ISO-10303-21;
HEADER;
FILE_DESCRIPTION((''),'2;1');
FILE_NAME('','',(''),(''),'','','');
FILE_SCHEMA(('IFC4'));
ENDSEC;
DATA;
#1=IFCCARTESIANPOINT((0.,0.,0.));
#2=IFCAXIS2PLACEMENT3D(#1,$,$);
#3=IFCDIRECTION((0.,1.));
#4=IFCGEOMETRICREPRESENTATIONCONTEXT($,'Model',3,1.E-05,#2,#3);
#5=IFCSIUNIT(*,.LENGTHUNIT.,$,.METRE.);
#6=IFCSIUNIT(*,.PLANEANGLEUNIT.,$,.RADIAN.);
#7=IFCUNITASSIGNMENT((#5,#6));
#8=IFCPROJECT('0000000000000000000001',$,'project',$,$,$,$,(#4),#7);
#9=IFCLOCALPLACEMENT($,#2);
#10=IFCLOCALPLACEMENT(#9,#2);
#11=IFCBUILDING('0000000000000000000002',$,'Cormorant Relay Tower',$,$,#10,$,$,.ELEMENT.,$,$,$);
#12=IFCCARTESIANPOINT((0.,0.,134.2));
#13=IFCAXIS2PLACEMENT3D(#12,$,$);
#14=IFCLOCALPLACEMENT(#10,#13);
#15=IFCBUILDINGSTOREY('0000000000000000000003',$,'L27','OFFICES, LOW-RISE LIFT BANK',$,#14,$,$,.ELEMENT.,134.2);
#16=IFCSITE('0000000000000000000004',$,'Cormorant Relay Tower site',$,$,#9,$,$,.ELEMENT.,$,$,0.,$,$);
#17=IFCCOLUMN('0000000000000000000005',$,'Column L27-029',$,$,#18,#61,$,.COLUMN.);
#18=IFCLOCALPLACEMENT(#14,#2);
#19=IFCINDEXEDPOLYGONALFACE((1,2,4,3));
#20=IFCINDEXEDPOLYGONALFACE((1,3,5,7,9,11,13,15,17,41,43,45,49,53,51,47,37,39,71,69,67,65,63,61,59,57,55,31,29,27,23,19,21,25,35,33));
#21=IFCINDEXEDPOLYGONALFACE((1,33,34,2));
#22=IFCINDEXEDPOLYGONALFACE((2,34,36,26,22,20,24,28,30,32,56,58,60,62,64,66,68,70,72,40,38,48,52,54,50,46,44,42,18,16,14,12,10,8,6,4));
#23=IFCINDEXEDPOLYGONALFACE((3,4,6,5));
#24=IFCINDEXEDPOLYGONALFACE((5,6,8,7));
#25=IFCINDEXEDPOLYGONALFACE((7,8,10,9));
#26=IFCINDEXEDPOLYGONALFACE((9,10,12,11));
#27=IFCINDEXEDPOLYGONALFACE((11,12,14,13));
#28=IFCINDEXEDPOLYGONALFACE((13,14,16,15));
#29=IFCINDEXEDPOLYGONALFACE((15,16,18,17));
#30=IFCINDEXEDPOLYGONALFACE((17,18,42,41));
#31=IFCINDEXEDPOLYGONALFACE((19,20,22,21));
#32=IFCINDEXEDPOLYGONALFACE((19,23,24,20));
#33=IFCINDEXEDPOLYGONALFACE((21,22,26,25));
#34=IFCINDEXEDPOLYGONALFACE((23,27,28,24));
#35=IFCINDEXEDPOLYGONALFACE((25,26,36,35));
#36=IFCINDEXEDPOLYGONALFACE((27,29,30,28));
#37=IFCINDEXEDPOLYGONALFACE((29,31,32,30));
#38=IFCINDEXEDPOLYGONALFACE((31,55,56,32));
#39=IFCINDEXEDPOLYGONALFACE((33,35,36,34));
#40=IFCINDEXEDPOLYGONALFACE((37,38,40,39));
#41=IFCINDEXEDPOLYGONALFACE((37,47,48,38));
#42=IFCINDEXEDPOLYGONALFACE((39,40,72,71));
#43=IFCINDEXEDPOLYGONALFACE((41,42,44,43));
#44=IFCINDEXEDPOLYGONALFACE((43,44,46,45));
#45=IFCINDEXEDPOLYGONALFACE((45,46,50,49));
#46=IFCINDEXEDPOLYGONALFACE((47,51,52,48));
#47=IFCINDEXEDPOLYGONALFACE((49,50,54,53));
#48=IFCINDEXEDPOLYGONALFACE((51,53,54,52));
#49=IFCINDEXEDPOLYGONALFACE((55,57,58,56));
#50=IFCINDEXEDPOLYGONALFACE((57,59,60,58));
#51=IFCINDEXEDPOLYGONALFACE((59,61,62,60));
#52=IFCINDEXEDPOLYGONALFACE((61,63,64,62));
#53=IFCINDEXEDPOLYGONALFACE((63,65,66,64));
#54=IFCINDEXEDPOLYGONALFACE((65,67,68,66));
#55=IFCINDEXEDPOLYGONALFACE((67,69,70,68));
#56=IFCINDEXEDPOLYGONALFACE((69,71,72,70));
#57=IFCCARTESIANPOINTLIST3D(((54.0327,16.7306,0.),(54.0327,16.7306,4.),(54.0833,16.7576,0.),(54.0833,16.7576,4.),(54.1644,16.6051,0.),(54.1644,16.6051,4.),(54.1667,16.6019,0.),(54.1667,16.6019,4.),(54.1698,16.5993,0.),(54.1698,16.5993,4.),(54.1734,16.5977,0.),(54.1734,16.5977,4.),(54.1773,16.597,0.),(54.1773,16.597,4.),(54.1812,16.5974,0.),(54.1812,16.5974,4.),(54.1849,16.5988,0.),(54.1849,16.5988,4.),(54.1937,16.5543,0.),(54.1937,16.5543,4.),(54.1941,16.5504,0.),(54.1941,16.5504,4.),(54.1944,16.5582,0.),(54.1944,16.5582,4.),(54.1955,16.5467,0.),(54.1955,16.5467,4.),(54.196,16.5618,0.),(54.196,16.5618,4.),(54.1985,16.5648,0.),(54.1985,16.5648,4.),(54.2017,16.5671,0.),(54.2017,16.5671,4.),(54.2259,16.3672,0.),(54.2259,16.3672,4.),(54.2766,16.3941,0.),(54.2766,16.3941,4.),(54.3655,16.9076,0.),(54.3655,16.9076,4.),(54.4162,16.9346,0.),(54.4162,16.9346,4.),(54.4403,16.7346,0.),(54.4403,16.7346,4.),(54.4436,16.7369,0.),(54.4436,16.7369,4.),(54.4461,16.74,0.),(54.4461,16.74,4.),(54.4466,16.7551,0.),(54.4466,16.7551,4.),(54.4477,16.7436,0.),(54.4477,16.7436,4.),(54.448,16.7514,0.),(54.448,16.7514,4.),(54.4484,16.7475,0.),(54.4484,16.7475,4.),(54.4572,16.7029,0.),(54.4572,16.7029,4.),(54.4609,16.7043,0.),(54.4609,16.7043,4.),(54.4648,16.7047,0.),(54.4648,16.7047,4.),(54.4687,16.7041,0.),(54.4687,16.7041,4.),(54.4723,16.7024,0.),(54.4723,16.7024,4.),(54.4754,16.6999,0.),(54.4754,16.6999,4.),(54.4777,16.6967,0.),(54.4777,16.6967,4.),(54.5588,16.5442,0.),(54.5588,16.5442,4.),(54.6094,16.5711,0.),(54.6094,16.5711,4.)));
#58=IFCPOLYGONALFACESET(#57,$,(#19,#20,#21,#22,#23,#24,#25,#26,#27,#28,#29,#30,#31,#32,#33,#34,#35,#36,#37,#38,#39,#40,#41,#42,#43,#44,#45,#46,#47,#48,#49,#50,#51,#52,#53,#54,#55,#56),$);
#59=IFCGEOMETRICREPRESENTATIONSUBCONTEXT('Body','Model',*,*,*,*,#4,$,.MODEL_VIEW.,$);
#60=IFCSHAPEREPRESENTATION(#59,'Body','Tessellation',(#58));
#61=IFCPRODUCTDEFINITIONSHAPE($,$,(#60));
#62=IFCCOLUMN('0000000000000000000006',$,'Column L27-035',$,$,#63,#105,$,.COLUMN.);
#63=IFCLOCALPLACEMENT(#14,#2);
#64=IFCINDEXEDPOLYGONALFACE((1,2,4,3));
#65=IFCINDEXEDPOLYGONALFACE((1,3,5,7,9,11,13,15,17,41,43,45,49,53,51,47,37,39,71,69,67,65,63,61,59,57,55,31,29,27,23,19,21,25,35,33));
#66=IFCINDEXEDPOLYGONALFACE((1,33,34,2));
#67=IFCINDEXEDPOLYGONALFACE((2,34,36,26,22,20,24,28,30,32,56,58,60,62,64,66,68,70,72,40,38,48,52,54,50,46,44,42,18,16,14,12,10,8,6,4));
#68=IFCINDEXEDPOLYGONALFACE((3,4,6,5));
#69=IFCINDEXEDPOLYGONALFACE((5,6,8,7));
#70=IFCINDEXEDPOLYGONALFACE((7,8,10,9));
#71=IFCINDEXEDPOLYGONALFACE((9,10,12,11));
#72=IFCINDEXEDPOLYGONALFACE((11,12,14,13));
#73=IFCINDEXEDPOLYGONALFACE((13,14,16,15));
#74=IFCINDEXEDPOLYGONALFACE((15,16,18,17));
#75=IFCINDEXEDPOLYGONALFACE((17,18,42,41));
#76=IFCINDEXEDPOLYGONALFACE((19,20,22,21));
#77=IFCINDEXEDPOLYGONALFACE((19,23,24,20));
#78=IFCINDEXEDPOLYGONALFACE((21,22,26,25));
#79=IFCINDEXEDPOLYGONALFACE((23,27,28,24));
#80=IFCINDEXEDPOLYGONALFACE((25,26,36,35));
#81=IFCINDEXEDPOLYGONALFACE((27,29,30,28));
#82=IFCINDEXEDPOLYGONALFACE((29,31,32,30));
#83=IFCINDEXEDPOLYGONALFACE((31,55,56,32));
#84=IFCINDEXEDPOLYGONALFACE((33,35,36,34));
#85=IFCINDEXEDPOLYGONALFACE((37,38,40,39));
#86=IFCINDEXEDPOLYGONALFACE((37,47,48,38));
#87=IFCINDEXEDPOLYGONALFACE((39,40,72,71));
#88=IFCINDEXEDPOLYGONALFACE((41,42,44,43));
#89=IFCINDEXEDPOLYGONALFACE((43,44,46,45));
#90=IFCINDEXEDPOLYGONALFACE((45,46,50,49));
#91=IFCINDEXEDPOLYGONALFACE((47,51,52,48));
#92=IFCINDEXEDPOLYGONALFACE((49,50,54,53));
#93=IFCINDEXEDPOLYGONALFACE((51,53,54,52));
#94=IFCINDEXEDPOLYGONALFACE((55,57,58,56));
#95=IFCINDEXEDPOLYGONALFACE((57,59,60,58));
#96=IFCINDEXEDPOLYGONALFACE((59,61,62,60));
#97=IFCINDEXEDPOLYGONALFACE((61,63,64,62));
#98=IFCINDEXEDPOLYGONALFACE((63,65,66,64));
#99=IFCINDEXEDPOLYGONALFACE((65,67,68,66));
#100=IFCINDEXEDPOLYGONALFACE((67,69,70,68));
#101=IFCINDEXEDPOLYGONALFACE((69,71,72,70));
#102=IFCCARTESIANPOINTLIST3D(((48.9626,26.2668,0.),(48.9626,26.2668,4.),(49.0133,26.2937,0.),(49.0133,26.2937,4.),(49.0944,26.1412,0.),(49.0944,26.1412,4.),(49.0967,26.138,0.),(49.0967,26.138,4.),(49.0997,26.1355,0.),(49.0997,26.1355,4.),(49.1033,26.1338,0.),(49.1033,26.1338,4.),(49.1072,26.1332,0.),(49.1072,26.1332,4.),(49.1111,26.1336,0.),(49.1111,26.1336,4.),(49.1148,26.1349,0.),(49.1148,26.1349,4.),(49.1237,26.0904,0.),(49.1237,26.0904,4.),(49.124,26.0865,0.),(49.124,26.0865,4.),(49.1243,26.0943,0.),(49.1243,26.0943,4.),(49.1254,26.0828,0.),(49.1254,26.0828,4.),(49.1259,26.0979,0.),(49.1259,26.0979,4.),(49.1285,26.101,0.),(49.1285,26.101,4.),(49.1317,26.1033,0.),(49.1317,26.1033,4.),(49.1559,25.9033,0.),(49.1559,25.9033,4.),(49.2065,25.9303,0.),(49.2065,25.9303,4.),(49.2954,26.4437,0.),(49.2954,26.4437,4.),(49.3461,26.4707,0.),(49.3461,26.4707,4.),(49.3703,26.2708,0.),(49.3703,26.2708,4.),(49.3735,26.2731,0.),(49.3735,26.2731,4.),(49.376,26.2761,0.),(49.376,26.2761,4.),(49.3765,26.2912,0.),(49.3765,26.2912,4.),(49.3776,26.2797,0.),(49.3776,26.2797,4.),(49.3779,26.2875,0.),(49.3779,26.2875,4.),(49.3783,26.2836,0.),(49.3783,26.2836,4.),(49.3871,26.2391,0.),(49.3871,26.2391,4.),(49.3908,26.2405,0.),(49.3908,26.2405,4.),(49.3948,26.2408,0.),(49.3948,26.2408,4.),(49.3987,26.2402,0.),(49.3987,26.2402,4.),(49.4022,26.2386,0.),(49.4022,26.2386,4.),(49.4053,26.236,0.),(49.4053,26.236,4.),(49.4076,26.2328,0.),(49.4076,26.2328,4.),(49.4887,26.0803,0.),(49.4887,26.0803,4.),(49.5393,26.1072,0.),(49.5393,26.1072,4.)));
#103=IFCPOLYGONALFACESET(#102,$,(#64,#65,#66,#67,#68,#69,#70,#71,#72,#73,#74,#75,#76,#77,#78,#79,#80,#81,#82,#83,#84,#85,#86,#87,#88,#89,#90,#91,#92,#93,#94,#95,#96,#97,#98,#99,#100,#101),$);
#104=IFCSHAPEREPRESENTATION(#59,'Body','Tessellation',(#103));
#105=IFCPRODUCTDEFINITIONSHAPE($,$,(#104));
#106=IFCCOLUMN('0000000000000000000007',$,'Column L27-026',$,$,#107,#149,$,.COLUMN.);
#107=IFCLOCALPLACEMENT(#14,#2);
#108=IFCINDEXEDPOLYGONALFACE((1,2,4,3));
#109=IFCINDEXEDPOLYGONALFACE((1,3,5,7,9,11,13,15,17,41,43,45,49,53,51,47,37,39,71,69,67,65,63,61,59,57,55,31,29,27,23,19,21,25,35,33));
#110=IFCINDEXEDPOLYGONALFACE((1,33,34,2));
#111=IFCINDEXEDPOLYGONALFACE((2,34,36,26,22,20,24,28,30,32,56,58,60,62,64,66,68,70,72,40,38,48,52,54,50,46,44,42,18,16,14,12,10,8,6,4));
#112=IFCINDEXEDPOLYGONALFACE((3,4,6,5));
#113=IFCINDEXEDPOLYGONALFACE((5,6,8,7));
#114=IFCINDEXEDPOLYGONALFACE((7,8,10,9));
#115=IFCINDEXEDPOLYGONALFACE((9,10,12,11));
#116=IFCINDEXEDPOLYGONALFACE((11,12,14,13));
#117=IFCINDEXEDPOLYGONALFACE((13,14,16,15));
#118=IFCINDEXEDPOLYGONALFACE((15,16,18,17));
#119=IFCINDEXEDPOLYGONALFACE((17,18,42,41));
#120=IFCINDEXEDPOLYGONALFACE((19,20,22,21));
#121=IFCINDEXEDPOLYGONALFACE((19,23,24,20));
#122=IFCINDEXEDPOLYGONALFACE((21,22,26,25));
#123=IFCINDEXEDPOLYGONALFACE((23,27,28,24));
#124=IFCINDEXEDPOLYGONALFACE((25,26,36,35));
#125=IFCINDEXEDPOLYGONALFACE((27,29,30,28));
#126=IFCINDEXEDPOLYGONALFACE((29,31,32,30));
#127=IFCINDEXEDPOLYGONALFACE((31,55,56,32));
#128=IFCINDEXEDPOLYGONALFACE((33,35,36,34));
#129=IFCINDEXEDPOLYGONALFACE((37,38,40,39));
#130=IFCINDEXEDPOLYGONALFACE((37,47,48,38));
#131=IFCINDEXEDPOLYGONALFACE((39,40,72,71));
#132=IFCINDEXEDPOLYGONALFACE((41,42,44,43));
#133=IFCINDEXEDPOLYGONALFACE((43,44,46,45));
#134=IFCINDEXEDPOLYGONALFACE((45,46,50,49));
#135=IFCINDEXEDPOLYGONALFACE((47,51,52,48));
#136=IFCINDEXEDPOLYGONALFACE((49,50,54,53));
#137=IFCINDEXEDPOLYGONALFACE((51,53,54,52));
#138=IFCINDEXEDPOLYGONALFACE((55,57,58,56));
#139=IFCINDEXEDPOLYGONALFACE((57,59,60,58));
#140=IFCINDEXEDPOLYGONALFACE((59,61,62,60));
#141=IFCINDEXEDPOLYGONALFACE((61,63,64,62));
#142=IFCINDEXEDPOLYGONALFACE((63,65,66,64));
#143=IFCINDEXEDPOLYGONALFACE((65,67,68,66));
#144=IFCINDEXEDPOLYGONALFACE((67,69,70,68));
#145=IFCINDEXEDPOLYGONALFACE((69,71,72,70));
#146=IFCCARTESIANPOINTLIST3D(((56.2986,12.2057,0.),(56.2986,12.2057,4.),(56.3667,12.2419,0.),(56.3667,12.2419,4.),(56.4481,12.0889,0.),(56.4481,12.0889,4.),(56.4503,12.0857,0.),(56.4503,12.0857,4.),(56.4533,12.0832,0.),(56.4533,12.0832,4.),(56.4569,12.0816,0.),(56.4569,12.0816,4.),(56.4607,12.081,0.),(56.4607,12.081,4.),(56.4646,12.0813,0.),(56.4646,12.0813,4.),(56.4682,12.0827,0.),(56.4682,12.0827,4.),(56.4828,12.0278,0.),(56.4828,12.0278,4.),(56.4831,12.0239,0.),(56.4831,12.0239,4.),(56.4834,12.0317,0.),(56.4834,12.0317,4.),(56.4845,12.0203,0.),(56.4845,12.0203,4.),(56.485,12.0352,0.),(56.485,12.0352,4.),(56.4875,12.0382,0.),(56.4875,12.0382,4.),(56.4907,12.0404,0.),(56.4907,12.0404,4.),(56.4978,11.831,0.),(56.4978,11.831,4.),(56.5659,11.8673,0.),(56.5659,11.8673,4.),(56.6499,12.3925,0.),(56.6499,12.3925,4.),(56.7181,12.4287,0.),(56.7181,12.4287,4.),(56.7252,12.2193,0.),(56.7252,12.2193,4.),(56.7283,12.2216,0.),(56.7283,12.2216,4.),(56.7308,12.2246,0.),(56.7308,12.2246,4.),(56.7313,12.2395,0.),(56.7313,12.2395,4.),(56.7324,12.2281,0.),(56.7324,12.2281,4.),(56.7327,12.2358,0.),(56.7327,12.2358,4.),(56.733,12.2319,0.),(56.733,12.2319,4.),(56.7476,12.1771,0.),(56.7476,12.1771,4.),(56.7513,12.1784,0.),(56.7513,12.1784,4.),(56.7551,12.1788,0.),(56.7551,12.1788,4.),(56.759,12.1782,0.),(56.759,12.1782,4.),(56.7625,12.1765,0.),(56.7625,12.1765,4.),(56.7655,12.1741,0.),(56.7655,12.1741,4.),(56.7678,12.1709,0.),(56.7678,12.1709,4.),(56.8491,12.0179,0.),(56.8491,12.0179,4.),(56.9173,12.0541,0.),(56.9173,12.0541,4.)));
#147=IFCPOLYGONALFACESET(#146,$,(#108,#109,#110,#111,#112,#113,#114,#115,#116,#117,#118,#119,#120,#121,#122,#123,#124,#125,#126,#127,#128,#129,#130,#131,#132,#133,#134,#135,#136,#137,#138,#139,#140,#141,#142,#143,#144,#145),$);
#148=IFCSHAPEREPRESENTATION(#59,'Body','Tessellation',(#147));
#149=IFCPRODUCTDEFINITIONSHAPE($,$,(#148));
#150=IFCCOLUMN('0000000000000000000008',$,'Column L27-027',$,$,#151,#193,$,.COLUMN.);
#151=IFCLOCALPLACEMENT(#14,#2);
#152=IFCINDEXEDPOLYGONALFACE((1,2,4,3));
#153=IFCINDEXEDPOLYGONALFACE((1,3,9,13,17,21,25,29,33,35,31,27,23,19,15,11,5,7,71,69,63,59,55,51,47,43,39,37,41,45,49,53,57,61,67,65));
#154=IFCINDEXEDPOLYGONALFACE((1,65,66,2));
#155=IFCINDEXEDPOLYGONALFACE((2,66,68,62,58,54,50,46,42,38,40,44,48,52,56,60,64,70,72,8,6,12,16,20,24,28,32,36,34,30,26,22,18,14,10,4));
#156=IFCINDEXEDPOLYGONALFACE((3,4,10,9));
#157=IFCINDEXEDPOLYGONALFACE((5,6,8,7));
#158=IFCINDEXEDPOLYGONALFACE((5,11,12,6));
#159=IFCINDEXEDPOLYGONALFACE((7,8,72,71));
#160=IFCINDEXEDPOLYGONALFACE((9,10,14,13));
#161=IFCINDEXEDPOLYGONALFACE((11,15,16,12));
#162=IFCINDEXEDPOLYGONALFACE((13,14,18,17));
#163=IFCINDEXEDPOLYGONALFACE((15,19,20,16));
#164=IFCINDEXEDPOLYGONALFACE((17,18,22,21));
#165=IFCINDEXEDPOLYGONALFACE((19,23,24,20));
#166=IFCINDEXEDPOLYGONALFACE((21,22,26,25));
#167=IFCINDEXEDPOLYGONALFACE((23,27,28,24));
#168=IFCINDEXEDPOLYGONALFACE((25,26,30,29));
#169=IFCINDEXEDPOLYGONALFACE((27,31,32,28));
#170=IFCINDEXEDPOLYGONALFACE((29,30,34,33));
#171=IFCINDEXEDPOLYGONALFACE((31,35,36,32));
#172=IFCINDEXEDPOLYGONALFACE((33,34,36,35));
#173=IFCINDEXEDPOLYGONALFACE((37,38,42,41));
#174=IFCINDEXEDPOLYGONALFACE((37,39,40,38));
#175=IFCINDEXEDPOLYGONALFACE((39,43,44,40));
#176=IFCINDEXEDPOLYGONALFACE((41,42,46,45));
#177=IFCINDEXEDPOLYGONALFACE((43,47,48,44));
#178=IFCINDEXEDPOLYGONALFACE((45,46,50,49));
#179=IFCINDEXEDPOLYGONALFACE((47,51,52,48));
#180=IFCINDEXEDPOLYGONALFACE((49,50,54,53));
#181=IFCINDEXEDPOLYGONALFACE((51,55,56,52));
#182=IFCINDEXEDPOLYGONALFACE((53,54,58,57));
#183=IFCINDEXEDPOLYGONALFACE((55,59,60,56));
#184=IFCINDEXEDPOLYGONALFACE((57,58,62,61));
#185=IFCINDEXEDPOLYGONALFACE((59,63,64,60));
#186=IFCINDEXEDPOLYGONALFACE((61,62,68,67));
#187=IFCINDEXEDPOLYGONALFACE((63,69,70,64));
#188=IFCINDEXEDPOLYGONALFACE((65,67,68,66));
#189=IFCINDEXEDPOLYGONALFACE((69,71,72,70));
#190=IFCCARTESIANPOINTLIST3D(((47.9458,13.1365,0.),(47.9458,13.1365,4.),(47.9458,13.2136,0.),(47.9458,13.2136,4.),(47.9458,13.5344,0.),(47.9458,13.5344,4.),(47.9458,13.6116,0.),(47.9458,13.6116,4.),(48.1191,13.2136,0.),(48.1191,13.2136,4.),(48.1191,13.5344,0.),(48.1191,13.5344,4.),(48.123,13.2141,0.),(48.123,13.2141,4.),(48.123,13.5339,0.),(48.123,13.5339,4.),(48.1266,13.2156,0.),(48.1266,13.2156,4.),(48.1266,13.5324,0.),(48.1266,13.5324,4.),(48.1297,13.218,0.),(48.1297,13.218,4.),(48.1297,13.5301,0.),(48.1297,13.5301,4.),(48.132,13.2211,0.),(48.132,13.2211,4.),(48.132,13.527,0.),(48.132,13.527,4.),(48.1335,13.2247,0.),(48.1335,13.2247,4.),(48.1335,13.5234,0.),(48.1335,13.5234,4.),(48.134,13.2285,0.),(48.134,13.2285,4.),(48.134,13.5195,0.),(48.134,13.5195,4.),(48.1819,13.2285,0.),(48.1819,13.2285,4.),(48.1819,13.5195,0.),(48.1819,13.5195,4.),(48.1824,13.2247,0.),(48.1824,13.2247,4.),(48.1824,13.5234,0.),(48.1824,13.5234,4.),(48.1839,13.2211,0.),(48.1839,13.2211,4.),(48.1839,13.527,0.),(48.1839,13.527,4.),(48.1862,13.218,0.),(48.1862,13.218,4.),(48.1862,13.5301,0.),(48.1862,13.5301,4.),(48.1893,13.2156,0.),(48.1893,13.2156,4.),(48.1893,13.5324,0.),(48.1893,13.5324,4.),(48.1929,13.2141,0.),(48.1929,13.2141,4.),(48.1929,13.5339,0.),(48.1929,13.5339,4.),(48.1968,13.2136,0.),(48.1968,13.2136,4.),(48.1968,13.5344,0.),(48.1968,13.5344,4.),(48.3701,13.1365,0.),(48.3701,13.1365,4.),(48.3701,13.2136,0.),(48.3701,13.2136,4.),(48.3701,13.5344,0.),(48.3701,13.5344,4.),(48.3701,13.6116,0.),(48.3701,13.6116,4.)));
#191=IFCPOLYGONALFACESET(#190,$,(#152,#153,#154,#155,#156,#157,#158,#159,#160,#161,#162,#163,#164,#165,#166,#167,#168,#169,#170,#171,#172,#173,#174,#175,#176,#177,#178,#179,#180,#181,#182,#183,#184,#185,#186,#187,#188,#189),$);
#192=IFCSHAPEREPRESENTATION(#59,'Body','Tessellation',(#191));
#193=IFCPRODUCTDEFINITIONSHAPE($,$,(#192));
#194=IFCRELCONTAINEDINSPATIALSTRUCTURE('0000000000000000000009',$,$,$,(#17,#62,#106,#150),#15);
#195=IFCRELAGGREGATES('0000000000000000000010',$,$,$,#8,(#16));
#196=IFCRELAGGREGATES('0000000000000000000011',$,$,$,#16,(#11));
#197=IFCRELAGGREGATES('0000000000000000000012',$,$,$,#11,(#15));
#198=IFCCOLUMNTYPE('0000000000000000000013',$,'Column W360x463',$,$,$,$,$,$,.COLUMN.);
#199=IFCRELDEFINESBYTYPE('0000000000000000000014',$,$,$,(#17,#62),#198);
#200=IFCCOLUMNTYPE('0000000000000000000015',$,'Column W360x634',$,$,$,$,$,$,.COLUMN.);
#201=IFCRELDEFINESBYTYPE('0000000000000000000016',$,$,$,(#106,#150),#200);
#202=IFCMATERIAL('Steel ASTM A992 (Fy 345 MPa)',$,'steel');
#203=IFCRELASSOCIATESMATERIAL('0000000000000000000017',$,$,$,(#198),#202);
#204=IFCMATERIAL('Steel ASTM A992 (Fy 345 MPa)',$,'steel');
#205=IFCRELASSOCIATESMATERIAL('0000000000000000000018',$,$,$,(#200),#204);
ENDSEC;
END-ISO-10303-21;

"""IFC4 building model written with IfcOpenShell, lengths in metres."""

from ifc_helpers import new_model, si_unit, direction, frame, origin, origin_2d, place, context, subcontext, project, spatial, i_section, extrude, material, material_profile, profile_set, type_object, element, save


model = new_model("IFC4")

# Units and contexts
model_context = context("Model", 3, precision=1e-05, world=origin(), true_north=direction((0.0, 1.0)))
body_context = subcontext(model_context, "Body", "Model", "MODEL_VIEW")
ifc_project = project(units=[si_unit("LENGTHUNIT", "METRE"), si_unit("PLANEANGLEUNIT", "RADIAN")], contexts=[model_context])

# Site, building, storey
site_placement = place(None, origin())
site = spatial("IfcSite", under=ifc_project, at=site_placement, Name="Cormorant Relay Tower site", CompositionType="ELEMENT", RefElevation=0.0)
building_placement = place(site_placement, origin())
building = spatial("IfcBuilding", under=site, at=building_placement, Name="Cormorant Relay Tower", CompositionType="ELEMENT")
storey_placement = place(building_placement, frame((0.0, 0.0, 134.2)))
storey = spatial("IfcBuildingStorey", under=building, at=storey_placement, Name="L27", Description="OFFICES, LOW-RISE LIFT BANK", CompositionType="ELEMENT", Elevation=134.2)

# Columns
ifc_material_1 = material(Name="Steel ASTM A992 (Fy 345 MPa)", Category="steel")
ifc_material_profile_1 = material_profile(ifc_material_1, i_section(OverallWidth=0.4116, OverallDepth=0.4343, WebThickness=0.0359, FlangeThickness=0.0574, FilletRadius=0.0151, at=origin_2d()), Name="W360x463")
ifc_profile_set_1 = profile_set([ifc_material_profile_1], Name="Steel ASTM A992 (Fy 345 MPa)")
column_type_1 = type_object("IfcColumnType", Name="Column W360x463", PredefinedType="COLUMN", material=ifc_profile_set_1)
for number, where, z_axis, x_axis, name in (
    (1, (54.321, 16.6509, 0.0), (0.0, 0.0, 1.0), (-0.469472, 0.882948, 0.0), "Column L27-029"),
    (2, (49.251, 26.187, 0.0), (0.0, 0.0, 1.0), (-0.469472, 0.882948, 0.0), "Column L27-035"),
):
    element("IfcColumn", number, at=place(storey_placement, frame(where, z_axis=z_axis, x_axis=x_axis)), inside=storey, type_object=column_type_1, Name=name, PredefinedType="COLUMN", context=body_context, shape_type="SweptSolid", body=[
        extrude(i_section(OverallWidth=0.4116, OverallDepth=0.4343, WebThickness=0.0359, FlangeThickness=0.0574, FilletRadius=0.0151, at=origin_2d()), origin(), (0.0, 0.0, 1.0), 4.0),
    ])
ifc_material_2 = material(Name="Steel ASTM A992 (Fy 345 MPa)", Category="steel")
ifc_material_profile_2 = material_profile(ifc_material_2, i_section(OverallWidth=0.4243, OverallDepth=0.4751, WebThickness=0.0479, FlangeThickness=0.0771, FilletRadius=0.0149, at=origin_2d()), Name="W360x634")
ifc_profile_set_2 = profile_set([ifc_material_profile_2], Name="Steel ASTM A992 (Fy 345 MPa)")
column_type_2 = type_object("IfcColumnType", Name="Column W360x634", PredefinedType="COLUMN", material=ifc_profile_set_2)
for number, where, z_axis, x_axis, name in (
    (3, (56.6079, 12.1299, 0.0), (0.0, 0.0, 1.0), (-0.469472, 0.882948, 0.0), "Column L27-026"),
    (4, (48.158, 13.374, 0.0), (0.0, 0.0, 1.0), (1.0, 0.0, 0.0), "Column L27-027"),
):
    element("IfcColumn", number, at=place(storey_placement, frame(where, z_axis=z_axis, x_axis=x_axis)), inside=storey, type_object=column_type_2, Name=name, PredefinedType="COLUMN", context=body_context, shape_type="SweptSolid", body=[
        extrude(i_section(OverallWidth=0.4243, OverallDepth=0.4751, WebThickness=0.0479, FlangeThickness=0.0771, FilletRadius=0.0149, at=origin_2d()), origin(), (0.0, 0.0, 1.0), 4.0),
    ])

save(model, "model.ifc")
